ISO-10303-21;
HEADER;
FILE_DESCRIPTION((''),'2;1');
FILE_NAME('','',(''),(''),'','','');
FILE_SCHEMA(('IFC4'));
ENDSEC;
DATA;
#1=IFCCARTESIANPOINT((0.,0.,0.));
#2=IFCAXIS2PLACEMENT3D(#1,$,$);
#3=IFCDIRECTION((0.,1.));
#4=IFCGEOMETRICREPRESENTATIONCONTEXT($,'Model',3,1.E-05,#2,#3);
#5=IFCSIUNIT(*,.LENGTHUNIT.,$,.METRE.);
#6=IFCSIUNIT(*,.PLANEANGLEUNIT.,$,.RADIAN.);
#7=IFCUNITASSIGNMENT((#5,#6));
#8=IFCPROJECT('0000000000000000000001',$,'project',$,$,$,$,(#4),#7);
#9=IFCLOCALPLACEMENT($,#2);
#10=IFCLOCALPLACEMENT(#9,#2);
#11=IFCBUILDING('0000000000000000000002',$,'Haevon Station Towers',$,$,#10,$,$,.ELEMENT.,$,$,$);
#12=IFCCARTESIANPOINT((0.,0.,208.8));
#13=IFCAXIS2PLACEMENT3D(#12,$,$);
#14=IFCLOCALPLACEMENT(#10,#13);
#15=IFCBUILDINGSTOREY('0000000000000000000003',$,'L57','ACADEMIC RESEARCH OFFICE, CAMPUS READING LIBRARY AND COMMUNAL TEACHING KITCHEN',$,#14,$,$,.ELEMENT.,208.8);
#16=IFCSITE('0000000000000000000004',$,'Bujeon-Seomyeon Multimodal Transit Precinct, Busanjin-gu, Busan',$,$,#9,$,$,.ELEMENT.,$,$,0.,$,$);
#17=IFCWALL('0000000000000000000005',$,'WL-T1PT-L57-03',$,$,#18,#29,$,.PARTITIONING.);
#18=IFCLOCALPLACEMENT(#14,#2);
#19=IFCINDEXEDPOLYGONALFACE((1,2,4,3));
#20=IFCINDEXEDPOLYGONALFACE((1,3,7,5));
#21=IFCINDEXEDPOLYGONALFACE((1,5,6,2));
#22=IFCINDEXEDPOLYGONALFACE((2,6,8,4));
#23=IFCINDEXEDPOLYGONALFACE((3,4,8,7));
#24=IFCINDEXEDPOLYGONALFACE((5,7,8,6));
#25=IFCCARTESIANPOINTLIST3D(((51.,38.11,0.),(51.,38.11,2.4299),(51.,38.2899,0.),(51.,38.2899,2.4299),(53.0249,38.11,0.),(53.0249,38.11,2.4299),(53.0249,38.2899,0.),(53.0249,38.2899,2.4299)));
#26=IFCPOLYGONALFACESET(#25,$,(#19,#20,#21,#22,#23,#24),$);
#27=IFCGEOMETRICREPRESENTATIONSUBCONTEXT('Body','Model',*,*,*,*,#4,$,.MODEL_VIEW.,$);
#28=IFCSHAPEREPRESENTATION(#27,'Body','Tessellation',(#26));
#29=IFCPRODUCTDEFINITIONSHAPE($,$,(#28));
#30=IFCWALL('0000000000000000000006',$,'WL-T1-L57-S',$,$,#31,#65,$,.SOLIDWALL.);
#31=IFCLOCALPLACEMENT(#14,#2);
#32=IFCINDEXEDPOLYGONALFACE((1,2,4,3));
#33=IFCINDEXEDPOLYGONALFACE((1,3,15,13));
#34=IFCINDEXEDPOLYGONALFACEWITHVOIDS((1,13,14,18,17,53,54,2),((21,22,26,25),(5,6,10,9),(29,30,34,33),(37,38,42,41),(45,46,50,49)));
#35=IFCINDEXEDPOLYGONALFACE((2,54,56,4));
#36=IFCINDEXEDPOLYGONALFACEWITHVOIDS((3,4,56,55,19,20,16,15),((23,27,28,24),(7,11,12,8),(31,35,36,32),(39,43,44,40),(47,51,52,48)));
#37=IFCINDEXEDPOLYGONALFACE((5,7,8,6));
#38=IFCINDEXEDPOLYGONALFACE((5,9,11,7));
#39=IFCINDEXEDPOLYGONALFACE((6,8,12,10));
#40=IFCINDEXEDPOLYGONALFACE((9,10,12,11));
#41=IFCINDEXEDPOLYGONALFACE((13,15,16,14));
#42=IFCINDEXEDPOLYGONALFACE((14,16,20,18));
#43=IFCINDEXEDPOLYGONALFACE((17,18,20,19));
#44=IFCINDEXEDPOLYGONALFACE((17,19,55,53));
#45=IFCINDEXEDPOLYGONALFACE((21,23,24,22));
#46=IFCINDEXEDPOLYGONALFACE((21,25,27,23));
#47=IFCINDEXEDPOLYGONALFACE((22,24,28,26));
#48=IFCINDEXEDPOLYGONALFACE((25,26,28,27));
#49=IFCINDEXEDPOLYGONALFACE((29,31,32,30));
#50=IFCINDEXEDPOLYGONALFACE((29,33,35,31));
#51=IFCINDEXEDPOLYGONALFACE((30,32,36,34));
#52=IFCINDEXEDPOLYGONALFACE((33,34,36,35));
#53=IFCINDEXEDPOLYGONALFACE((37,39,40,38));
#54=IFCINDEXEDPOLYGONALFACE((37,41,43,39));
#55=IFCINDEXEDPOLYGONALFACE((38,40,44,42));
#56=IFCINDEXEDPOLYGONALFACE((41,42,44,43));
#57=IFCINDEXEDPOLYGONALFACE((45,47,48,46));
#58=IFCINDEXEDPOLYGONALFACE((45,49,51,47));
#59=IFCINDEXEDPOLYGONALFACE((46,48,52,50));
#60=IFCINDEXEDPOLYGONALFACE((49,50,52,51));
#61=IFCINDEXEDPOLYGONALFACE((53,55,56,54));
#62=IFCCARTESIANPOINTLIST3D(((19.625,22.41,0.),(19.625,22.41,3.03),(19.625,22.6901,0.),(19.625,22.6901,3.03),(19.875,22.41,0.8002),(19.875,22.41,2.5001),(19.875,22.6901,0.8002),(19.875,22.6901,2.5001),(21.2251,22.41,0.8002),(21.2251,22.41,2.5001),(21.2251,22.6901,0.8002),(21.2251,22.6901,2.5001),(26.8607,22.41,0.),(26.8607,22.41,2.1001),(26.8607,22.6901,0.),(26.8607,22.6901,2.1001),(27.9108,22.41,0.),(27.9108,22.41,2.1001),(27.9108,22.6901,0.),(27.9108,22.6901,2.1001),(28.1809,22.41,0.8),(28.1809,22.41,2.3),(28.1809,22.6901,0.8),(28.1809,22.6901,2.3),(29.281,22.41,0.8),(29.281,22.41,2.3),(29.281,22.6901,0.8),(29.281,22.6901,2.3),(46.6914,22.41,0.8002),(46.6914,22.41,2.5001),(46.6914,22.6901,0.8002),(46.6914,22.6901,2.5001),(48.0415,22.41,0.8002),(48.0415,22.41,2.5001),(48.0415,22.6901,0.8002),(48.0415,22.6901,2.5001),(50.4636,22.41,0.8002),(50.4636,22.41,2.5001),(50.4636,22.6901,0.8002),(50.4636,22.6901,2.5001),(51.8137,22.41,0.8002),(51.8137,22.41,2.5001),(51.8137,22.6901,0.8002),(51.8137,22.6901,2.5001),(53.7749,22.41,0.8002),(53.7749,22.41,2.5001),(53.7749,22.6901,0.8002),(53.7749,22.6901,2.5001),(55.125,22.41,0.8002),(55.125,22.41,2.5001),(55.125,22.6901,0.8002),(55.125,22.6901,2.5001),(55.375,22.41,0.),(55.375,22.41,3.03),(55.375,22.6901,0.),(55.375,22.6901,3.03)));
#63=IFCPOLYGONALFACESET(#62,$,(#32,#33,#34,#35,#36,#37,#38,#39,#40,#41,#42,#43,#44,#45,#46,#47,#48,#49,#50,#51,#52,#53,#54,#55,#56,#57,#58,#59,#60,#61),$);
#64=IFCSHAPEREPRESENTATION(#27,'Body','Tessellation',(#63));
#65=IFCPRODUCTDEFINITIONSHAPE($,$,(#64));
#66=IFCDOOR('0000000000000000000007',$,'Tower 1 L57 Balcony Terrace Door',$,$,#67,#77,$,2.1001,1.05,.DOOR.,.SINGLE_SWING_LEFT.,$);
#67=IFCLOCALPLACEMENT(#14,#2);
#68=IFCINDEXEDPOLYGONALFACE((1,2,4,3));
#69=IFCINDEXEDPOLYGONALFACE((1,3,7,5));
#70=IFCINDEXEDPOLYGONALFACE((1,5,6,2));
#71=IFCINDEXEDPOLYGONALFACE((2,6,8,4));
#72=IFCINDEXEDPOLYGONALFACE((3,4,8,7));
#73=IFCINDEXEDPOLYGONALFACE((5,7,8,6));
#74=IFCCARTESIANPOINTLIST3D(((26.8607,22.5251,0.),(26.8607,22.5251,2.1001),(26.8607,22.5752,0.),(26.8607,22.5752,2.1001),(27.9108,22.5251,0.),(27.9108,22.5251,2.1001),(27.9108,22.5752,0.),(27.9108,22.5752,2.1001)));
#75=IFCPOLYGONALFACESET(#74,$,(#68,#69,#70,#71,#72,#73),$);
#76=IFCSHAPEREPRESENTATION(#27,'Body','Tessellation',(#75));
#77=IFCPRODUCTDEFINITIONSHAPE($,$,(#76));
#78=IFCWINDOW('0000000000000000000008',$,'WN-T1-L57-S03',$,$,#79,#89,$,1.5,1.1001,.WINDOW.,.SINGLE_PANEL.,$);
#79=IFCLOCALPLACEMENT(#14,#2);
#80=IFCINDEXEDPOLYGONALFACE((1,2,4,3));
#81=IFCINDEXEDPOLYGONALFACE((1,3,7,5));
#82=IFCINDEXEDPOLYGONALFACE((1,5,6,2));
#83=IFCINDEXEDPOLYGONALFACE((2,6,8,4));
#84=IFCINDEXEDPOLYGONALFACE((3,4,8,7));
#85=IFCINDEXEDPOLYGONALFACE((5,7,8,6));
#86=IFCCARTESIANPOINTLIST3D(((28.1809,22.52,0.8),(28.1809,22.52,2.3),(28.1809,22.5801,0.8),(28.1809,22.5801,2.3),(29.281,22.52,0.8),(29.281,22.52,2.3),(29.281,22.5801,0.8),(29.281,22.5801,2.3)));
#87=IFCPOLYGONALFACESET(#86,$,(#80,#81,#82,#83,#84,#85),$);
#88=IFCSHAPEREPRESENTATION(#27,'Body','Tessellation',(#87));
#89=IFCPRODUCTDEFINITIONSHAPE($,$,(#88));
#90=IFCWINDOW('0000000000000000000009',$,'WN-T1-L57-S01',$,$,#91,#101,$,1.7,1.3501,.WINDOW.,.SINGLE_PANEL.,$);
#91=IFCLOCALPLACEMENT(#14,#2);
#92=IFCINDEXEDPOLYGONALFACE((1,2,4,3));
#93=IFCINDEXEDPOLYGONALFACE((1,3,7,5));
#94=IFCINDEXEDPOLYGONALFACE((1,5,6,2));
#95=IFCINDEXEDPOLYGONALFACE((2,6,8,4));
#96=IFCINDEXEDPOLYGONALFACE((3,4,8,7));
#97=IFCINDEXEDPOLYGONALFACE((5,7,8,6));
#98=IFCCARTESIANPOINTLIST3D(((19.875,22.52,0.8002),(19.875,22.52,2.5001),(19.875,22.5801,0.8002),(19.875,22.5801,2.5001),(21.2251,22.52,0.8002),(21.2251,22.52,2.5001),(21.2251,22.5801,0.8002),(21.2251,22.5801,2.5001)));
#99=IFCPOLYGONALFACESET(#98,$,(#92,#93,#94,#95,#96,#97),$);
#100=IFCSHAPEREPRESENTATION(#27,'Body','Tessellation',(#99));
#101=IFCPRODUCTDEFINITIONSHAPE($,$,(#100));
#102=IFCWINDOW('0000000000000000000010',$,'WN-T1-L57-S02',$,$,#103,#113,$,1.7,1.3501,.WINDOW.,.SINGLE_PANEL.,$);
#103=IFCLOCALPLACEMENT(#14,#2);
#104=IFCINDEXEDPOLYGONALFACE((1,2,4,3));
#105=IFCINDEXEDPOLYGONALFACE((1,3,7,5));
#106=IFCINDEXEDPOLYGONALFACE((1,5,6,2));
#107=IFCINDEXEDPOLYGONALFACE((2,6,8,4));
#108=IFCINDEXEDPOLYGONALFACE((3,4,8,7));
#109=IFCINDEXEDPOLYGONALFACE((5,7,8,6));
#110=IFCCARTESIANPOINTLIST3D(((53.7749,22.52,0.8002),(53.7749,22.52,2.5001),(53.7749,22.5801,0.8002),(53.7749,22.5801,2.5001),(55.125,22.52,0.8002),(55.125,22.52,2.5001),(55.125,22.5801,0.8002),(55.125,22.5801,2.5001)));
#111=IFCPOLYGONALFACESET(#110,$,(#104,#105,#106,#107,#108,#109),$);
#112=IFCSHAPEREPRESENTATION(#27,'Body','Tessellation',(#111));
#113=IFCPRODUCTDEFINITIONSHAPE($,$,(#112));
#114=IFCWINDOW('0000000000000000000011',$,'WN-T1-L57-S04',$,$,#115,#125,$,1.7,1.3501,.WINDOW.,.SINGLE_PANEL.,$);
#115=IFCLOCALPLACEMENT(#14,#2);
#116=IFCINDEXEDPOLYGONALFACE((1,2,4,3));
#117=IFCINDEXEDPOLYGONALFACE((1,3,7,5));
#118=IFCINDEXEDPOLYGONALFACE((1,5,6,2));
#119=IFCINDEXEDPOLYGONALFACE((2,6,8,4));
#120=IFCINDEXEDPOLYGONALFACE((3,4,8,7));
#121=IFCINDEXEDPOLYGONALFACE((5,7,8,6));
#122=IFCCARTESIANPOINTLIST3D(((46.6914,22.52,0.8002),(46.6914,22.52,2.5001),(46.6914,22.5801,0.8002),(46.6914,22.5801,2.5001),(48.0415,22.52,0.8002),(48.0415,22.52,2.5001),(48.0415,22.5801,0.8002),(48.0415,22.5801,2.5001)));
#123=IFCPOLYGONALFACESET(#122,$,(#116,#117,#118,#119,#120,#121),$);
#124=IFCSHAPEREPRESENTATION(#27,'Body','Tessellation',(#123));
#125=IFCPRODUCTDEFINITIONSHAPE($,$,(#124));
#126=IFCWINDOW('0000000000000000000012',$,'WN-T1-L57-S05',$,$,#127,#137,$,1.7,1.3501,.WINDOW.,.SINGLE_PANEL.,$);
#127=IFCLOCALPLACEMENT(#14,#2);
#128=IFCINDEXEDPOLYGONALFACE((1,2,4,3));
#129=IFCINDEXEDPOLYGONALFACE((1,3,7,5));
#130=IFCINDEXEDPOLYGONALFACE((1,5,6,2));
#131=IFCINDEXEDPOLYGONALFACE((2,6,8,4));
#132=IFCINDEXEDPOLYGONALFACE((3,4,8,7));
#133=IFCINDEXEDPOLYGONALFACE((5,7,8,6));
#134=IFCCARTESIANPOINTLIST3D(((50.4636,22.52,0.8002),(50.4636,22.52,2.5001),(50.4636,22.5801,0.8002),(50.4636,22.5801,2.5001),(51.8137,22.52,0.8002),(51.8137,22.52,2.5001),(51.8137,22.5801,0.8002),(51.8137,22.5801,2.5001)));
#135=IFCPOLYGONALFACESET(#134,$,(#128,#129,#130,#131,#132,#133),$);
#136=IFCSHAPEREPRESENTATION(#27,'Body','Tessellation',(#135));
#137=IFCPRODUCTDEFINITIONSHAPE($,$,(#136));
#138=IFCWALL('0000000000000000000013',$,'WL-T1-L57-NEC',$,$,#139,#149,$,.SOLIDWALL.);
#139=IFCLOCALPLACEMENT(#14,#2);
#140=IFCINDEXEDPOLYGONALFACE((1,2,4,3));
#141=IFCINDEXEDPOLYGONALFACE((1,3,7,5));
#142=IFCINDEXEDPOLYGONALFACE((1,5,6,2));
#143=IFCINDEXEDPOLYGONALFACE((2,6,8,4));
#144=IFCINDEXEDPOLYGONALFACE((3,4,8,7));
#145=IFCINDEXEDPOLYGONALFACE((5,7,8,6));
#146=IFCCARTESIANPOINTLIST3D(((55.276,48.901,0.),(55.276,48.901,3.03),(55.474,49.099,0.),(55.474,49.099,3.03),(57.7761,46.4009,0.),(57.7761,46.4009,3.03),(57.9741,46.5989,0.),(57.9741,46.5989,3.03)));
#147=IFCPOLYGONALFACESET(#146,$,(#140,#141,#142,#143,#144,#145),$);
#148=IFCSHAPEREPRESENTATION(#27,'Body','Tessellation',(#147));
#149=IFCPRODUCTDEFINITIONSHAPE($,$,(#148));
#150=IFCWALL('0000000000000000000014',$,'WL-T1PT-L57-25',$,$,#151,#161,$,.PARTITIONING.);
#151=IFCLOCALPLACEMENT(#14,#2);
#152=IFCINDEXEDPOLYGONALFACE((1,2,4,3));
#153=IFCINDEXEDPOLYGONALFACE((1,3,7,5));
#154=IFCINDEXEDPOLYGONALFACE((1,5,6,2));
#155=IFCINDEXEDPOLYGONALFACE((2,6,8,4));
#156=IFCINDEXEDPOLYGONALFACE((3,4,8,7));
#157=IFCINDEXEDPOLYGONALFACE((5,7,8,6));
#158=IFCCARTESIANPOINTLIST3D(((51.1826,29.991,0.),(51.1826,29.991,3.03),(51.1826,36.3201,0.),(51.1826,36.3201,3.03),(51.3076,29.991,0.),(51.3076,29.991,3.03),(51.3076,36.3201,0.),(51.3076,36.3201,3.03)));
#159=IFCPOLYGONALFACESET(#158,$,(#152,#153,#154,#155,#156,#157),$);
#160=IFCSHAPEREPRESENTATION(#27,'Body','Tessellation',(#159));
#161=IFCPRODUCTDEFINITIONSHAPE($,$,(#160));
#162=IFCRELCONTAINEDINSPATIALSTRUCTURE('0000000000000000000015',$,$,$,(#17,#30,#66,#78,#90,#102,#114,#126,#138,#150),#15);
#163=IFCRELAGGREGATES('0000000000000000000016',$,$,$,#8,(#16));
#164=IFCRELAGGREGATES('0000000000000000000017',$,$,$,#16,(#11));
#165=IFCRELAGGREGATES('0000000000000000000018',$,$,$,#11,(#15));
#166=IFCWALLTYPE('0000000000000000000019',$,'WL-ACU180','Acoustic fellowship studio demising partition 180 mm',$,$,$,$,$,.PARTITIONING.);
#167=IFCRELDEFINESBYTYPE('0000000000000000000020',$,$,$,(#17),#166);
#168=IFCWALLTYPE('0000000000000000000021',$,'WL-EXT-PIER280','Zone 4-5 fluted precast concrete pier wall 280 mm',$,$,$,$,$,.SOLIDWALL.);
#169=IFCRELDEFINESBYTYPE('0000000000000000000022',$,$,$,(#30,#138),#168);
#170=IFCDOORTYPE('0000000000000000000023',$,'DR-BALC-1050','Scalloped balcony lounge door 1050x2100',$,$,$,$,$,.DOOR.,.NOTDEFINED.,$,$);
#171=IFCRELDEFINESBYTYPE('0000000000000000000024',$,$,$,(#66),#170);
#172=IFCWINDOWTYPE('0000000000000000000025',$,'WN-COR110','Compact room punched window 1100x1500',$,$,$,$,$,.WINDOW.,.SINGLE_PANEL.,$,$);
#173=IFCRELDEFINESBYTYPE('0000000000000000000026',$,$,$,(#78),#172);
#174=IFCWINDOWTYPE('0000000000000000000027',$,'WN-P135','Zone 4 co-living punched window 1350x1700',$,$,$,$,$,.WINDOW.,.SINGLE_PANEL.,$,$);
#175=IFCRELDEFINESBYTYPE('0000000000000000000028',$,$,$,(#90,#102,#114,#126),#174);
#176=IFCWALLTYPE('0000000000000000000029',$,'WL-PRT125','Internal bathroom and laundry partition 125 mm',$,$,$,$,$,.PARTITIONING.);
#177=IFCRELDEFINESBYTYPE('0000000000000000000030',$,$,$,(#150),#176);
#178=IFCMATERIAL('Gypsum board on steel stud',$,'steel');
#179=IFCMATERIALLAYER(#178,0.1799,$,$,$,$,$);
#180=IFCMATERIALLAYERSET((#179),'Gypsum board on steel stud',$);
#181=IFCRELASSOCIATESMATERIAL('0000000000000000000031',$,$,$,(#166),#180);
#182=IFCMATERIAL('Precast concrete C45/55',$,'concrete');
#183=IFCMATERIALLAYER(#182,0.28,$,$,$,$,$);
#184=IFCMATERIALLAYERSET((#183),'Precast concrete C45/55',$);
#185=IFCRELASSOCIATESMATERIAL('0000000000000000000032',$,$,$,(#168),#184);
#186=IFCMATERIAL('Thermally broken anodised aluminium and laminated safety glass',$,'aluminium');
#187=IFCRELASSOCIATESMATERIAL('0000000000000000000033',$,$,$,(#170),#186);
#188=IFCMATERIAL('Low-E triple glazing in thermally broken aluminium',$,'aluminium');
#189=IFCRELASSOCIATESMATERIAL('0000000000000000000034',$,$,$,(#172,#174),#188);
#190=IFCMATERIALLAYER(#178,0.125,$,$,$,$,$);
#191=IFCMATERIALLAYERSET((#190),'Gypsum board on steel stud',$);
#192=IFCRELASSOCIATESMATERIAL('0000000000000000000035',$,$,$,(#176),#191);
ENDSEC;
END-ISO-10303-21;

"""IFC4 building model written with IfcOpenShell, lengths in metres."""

from ifc_helpers import new_model, si_unit, direction, frame, frame_2d, origin, place, context, subcontext, project, spatial, rectangle, extrude, material, layer, layer_set, type_object, element, fill, save


model = new_model("IFC4")

# Units and contexts
model_context = context("Model", 3, precision=1e-05, world=origin(), true_north=direction((0.0, 1.0)))
body_context = subcontext(model_context, "Body", "Model", "MODEL_VIEW")
ifc_project = project(units=[si_unit("LENGTHUNIT", "METRE"), si_unit("PLANEANGLEUNIT", "RADIAN")], contexts=[model_context])

# Site, building, storey
site_placement = place(None, origin())
site = spatial("IfcSite", under=ifc_project, at=site_placement, Name="Bujeon-Seomyeon Multimodal Transit Precinct, Busanjin-gu, Busan", CompositionType="ELEMENT", RefElevation=0.0)
building_placement = place(site_placement, origin())
building = spatial("IfcBuilding", under=site, at=building_placement, Name="Haevon Station Towers", CompositionType="ELEMENT")
storey_placement = place(building_placement, frame((0.0, 0.0, 208.8)))
storey = spatial("IfcBuildingStorey", under=building, at=storey_placement, Name="L57", Description="ACADEMIC RESEARCH OFFICE, CAMPUS READING LIBRARY AND COMMUNAL TEACHING KITCHEN", CompositionType="ELEMENT", Elevation=208.8)

# Wall
ifc_material_1 = material(Name="Gypsum board on steel stud", Category="steel")
ifc_layer_1 = layer(ifc_material_1, 0.1799)
ifc_layer_set_1 = layer_set([ifc_layer_1], Name="Gypsum board on steel stud")
wall_type_1 = type_object("IfcWallType", Name="WL-ACU180", Description="Acoustic fellowship studio demising partition 180 mm", PredefinedType="PARTITIONING", material=ifc_layer_set_1)
wall_1_placement = place(storey_placement, frame((51.0, 38.2, 0.0), z_axis=(0.0, 0.0, 1.0), x_axis=(1.0, 0.0, 0.0)))
element("IfcWall", 1, at=wall_1_placement, inside=storey, type_object=wall_type_1, Name="WL-T1PT-L57-03", PredefinedType="PARTITIONING", context=body_context, shape_type="SweptSolid", body=[
    extrude(rectangle(XDim=2.0249, YDim=0.1799, at=frame_2d((1.0125, 0.0))), origin(), (0.0, 0.0, 1.0), 2.4299),
])

# Wall, openings, door, windows
ifc_material_2 = material(Name="Precast concrete C45/55", Category="concrete")
ifc_layer_2 = layer(ifc_material_2, 0.28)
ifc_layer_set_2 = layer_set([ifc_layer_2], Name="Precast concrete C45/55")
wall_type_2 = type_object("IfcWallType", Name="WL-EXT-PIER280", Description="Zone 4-5 fluted precast concrete pier wall 280 mm", PredefinedType="SOLIDWALL", material=ifc_layer_set_2)
wall_2_placement = place(storey_placement, frame((55.375, 22.55, 0.0), z_axis=(0.0, 0.0, 1.0), x_axis=(-1.0, 0.0, 0.0)))
wall_2 = element("IfcWall", 2, at=wall_2_placement, inside=storey, type_object=wall_type_2, Name="WL-T1-L57-S", PredefinedType="SOLIDWALL", context=body_context, shape_type="SweptSolid", body=[
    extrude(rectangle(XDim=35.75, YDim=0.28, at=frame_2d((17.875, 0.0))), origin(), (0.0, 0.0, 1.0), 3.03),
])
opening_1_placement = place(wall_2_placement, frame((27.4644, 0.0, 0.0)))
opening_1 = element("IfcOpeningElement", 3, at=opening_1_placement, cuts=wall_2, PredefinedType="OPENING", context=body_context, shape_type="SweptSolid", body=[
    extrude(rectangle(XDim=1.05, YDim=2.1001, at=frame_2d((0.5249, 1.05))), frame((0.0, 0.1499, 0.0), z_axis=(0.0, -1.0, 0.0), x_axis=(1.0, 0.0, 0.0)), (0.0, 0.0, 1.0), 0.3),
])
opening_2_placement = place(wall_2_placement, frame((34.1499, 0.0, 0.8)))
opening_2 = element("IfcOpeningElement", 4, at=opening_2_placement, cuts=wall_2, PredefinedType="OPENING", context=body_context, shape_type="SweptSolid", body=[
    extrude(rectangle(XDim=1.3501, YDim=1.7, at=frame_2d((0.675, 0.8501))), frame((0.0, 0.1499, 0.0), z_axis=(0.0, -1.0, 0.0), x_axis=(1.0, 0.0, 0.0)), (0.0, 0.0, 1.0), 0.3),
])
opening_3_placement = place(wall_2_placement, frame((0.25, 0.0, 0.8)))
opening_3 = element("IfcOpeningElement", 5, at=opening_3_placement, cuts=wall_2, PredefinedType="OPENING", context=body_context, shape_type="SweptSolid", body=[
    extrude(rectangle(XDim=1.3501, YDim=1.7, at=frame_2d((0.675, 0.8501))), frame((0.0, 0.1499, 0.0), z_axis=(0.0, -1.0, 0.0), x_axis=(1.0, 0.0, 0.0)), (0.0, 0.0, 1.0), 0.3),
])
opening_4_placement = place(wall_2_placement, frame((26.094, 0.0, 0.8)))
opening_4 = element("IfcOpeningElement", 6, at=opening_4_placement, cuts=wall_2, PredefinedType="OPENING", context=body_context, shape_type="SweptSolid", body=[
    extrude(rectangle(XDim=1.1001, YDim=1.5, at=frame_2d((0.55, 0.75))), frame((0.0, 0.1499, 0.0), z_axis=(0.0, -1.0, 0.0), x_axis=(1.0, 0.0, 0.0)), (0.0, 0.0, 1.0), 0.3),
])
opening_5_placement = place(wall_2_placement, frame((7.3335, 0.0, 0.8)))
opening_5 = element("IfcOpeningElement", 7, at=opening_5_placement, cuts=wall_2, PredefinedType="OPENING", context=body_context, shape_type="SweptSolid", body=[
    extrude(rectangle(XDim=1.3501, YDim=1.7, at=frame_2d((0.675, 0.8501))), frame((0.0, 0.1499, 0.0), z_axis=(0.0, -1.0, 0.0), x_axis=(1.0, 0.0, 0.0)), (0.0, 0.0, 1.0), 0.3),
])
opening_6_placement = place(wall_2_placement, frame((3.5613, 0.0, 0.8)))
opening_6 = element("IfcOpeningElement", 8, at=opening_6_placement, cuts=wall_2, PredefinedType="OPENING", context=body_context, shape_type="SweptSolid", body=[
    extrude(rectangle(XDim=1.3501, YDim=1.7, at=frame_2d((0.675, 0.8501))), frame((0.0, 0.1499, 0.0), z_axis=(0.0, -1.0, 0.0), x_axis=(1.0, 0.0, 0.0)), (0.0, 0.0, 1.0), 0.3),
])
ifc_material_3 = material(Name="Thermally broken anodised aluminium and laminated safety glass", Category="aluminium")
door_type_1 = type_object("IfcDoorType", Name="DR-BALC-1050", Description="Scalloped balcony lounge door 1050x2100", OperationType="NOTDEFINED", PredefinedType="DOOR", material=ifc_material_3)
door_1_placement = place(opening_1_placement, origin())
door_1 = element("IfcDoor", 9, at=door_1_placement, inside=storey, type_object=door_type_1, Name="Tower 1 L57 Balcony Terrace Door", OperationType="SINGLE_SWING_LEFT", OverallHeight=2.1001, OverallWidth=1.05, PredefinedType="DOOR", context=body_context, shape_type="SweptSolid", body=[
    extrude(rectangle(XDim=1.05, YDim=2.1001, at=frame_2d((0.5249, 1.05))), frame((0.0, 0.0249, 0.0), z_axis=(0.0, -1.0, 0.0), x_axis=(1.0, 0.0, 0.0)), (0.0, 0.0, 1.0), 0.05),
])
fill(opening_1, door_1)
ifc_material_4 = material(Name="Low-E triple glazing in thermally broken aluminium", Category="aluminium")
window_type_1 = type_object("IfcWindowType", Name="WN-COR110", Description="Compact room punched window 1100x1500", PartitioningType="SINGLE_PANEL", PredefinedType="WINDOW", material=ifc_material_4)
window_1_placement = place(opening_4_placement, origin())
window_1 = element("IfcWindow", 10, at=window_1_placement, inside=storey, type_object=window_type_1, Name="WN-T1-L57-S03", OverallHeight=1.5, OverallWidth=1.1001, PartitioningType="SINGLE_PANEL", PredefinedType="WINDOW", context=body_context, shape_type="SweptSolid", body=[
    extrude(rectangle(XDim=1.1001, YDim=1.5, at=frame_2d((0.55, 0.75))), frame((0.0, 0.03, 0.0), z_axis=(0.0, -1.0, 0.0), x_axis=(1.0, 0.0, 0.0)), (0.0, 0.0, 1.0), 0.0601),
])
fill(opening_4, window_1)
window_type_2 = type_object("IfcWindowType", Name="WN-P135", Description="Zone 4 co-living punched window 1350x1700", PartitioningType="SINGLE_PANEL", PredefinedType="WINDOW", material=ifc_material_4)
window_2_placement = place(opening_2_placement, origin())
window_2 = element("IfcWindow", 11, at=window_2_placement, inside=storey, type_object=window_type_2, Name="WN-T1-L57-S01", OverallHeight=1.7, OverallWidth=1.3501, PartitioningType="SINGLE_PANEL", PredefinedType="WINDOW", context=body_context, shape_type="SweptSolid", body=[
    extrude(rectangle(XDim=1.3501, YDim=1.7, at=frame_2d((0.675, 0.8501))), frame((0.0, 0.03, 0.0), z_axis=(0.0, -1.0, 0.0), x_axis=(1.0, 0.0, 0.0)), (0.0, 0.0, 1.0), 0.0601),
])
fill(opening_2, window_2)
window_3_placement = place(opening_3_placement, origin())
window_3 = element("IfcWindow", 12, at=window_3_placement, inside=storey, type_object=window_type_2, Name="WN-T1-L57-S02", OverallHeight=1.7, OverallWidth=1.3501, PartitioningType="SINGLE_PANEL", PredefinedType="WINDOW", context=body_context, shape_type="SweptSolid", body=[
    extrude(rectangle(XDim=1.3501, YDim=1.7, at=frame_2d((0.675, 0.8501))), frame((0.0, 0.03, 0.0), z_axis=(0.0, -1.0, 0.0), x_axis=(1.0, 0.0, 0.0)), (0.0, 0.0, 1.0), 0.0601),
])
fill(opening_3, window_3)
window_4_placement = place(opening_5_placement, origin())
window_4 = element("IfcWindow", 13, at=window_4_placement, inside=storey, type_object=window_type_2, Name="WN-T1-L57-S04", OverallHeight=1.7, OverallWidth=1.3501, PartitioningType="SINGLE_PANEL", PredefinedType="WINDOW", context=body_context, shape_type="SweptSolid", body=[
    extrude(rectangle(XDim=1.3501, YDim=1.7, at=frame_2d((0.675, 0.8501))), frame((0.0, 0.03, 0.0), z_axis=(0.0, -1.0, 0.0), x_axis=(1.0, 0.0, 0.0)), (0.0, 0.0, 1.0), 0.0601),
])
fill(opening_5, window_4)
window_5_placement = place(opening_6_placement, origin())
window_5 = element("IfcWindow", 14, at=window_5_placement, inside=storey, type_object=window_type_2, Name="WN-T1-L57-S05", OverallHeight=1.7, OverallWidth=1.3501, PartitioningType="SINGLE_PANEL", PredefinedType="WINDOW", context=body_context, shape_type="SweptSolid", body=[
    extrude(rectangle(XDim=1.3501, YDim=1.7, at=frame_2d((0.675, 0.8501))), frame((0.0, 0.03, 0.0), z_axis=(0.0, -1.0, 0.0), x_axis=(1.0, 0.0, 0.0)), (0.0, 0.0, 1.0), 0.0601),
])
fill(opening_6, window_5)

# Walls
wall_3_placement = place(storey_placement, frame((55.375, 49.0, 0.0), z_axis=(0.0, 0.0, 1.0), x_axis=(0.707107, -0.707107, 0.0)))
element("IfcWall", 15, at=wall_3_placement, inside=storey, type_object=wall_type_2, Name="WL-T1-L57-NEC", PredefinedType="SOLIDWALL", context=body_context, shape_type="SweptSolid", body=[
    extrude(rectangle(XDim=3.5356, YDim=0.28, at=frame_2d((1.7678, 0.0))), origin(), (0.0, 0.0, 1.0), 3.03),
])
ifc_layer_3 = layer(ifc_material_1, 0.125)
ifc_layer_set_3 = layer_set([ifc_layer_3], Name="Gypsum board on steel stud")
wall_type_3 = type_object("IfcWallType", Name="WL-PRT125", Description="Internal bathroom and laundry partition 125 mm", PredefinedType="PARTITIONING", material=ifc_layer_set_3)
wall_4_placement = place(storey_placement, frame((51.2451, 29.991, 0.0), z_axis=(0.0, 0.0, 1.0), x_axis=(0.0, 1.0, 0.0)))
element("IfcWall", 16, at=wall_4_placement, inside=storey, type_object=wall_type_3, Name="WL-T1PT-L57-25", PredefinedType="PARTITIONING", context=body_context, shape_type="SweptSolid", body=[
    extrude(rectangle(XDim=6.3291, YDim=0.125, at=frame_2d((3.1646, 0.0))), origin(), (0.0, 0.0, 1.0), 3.03),
])

save(model, "model.ifc")
